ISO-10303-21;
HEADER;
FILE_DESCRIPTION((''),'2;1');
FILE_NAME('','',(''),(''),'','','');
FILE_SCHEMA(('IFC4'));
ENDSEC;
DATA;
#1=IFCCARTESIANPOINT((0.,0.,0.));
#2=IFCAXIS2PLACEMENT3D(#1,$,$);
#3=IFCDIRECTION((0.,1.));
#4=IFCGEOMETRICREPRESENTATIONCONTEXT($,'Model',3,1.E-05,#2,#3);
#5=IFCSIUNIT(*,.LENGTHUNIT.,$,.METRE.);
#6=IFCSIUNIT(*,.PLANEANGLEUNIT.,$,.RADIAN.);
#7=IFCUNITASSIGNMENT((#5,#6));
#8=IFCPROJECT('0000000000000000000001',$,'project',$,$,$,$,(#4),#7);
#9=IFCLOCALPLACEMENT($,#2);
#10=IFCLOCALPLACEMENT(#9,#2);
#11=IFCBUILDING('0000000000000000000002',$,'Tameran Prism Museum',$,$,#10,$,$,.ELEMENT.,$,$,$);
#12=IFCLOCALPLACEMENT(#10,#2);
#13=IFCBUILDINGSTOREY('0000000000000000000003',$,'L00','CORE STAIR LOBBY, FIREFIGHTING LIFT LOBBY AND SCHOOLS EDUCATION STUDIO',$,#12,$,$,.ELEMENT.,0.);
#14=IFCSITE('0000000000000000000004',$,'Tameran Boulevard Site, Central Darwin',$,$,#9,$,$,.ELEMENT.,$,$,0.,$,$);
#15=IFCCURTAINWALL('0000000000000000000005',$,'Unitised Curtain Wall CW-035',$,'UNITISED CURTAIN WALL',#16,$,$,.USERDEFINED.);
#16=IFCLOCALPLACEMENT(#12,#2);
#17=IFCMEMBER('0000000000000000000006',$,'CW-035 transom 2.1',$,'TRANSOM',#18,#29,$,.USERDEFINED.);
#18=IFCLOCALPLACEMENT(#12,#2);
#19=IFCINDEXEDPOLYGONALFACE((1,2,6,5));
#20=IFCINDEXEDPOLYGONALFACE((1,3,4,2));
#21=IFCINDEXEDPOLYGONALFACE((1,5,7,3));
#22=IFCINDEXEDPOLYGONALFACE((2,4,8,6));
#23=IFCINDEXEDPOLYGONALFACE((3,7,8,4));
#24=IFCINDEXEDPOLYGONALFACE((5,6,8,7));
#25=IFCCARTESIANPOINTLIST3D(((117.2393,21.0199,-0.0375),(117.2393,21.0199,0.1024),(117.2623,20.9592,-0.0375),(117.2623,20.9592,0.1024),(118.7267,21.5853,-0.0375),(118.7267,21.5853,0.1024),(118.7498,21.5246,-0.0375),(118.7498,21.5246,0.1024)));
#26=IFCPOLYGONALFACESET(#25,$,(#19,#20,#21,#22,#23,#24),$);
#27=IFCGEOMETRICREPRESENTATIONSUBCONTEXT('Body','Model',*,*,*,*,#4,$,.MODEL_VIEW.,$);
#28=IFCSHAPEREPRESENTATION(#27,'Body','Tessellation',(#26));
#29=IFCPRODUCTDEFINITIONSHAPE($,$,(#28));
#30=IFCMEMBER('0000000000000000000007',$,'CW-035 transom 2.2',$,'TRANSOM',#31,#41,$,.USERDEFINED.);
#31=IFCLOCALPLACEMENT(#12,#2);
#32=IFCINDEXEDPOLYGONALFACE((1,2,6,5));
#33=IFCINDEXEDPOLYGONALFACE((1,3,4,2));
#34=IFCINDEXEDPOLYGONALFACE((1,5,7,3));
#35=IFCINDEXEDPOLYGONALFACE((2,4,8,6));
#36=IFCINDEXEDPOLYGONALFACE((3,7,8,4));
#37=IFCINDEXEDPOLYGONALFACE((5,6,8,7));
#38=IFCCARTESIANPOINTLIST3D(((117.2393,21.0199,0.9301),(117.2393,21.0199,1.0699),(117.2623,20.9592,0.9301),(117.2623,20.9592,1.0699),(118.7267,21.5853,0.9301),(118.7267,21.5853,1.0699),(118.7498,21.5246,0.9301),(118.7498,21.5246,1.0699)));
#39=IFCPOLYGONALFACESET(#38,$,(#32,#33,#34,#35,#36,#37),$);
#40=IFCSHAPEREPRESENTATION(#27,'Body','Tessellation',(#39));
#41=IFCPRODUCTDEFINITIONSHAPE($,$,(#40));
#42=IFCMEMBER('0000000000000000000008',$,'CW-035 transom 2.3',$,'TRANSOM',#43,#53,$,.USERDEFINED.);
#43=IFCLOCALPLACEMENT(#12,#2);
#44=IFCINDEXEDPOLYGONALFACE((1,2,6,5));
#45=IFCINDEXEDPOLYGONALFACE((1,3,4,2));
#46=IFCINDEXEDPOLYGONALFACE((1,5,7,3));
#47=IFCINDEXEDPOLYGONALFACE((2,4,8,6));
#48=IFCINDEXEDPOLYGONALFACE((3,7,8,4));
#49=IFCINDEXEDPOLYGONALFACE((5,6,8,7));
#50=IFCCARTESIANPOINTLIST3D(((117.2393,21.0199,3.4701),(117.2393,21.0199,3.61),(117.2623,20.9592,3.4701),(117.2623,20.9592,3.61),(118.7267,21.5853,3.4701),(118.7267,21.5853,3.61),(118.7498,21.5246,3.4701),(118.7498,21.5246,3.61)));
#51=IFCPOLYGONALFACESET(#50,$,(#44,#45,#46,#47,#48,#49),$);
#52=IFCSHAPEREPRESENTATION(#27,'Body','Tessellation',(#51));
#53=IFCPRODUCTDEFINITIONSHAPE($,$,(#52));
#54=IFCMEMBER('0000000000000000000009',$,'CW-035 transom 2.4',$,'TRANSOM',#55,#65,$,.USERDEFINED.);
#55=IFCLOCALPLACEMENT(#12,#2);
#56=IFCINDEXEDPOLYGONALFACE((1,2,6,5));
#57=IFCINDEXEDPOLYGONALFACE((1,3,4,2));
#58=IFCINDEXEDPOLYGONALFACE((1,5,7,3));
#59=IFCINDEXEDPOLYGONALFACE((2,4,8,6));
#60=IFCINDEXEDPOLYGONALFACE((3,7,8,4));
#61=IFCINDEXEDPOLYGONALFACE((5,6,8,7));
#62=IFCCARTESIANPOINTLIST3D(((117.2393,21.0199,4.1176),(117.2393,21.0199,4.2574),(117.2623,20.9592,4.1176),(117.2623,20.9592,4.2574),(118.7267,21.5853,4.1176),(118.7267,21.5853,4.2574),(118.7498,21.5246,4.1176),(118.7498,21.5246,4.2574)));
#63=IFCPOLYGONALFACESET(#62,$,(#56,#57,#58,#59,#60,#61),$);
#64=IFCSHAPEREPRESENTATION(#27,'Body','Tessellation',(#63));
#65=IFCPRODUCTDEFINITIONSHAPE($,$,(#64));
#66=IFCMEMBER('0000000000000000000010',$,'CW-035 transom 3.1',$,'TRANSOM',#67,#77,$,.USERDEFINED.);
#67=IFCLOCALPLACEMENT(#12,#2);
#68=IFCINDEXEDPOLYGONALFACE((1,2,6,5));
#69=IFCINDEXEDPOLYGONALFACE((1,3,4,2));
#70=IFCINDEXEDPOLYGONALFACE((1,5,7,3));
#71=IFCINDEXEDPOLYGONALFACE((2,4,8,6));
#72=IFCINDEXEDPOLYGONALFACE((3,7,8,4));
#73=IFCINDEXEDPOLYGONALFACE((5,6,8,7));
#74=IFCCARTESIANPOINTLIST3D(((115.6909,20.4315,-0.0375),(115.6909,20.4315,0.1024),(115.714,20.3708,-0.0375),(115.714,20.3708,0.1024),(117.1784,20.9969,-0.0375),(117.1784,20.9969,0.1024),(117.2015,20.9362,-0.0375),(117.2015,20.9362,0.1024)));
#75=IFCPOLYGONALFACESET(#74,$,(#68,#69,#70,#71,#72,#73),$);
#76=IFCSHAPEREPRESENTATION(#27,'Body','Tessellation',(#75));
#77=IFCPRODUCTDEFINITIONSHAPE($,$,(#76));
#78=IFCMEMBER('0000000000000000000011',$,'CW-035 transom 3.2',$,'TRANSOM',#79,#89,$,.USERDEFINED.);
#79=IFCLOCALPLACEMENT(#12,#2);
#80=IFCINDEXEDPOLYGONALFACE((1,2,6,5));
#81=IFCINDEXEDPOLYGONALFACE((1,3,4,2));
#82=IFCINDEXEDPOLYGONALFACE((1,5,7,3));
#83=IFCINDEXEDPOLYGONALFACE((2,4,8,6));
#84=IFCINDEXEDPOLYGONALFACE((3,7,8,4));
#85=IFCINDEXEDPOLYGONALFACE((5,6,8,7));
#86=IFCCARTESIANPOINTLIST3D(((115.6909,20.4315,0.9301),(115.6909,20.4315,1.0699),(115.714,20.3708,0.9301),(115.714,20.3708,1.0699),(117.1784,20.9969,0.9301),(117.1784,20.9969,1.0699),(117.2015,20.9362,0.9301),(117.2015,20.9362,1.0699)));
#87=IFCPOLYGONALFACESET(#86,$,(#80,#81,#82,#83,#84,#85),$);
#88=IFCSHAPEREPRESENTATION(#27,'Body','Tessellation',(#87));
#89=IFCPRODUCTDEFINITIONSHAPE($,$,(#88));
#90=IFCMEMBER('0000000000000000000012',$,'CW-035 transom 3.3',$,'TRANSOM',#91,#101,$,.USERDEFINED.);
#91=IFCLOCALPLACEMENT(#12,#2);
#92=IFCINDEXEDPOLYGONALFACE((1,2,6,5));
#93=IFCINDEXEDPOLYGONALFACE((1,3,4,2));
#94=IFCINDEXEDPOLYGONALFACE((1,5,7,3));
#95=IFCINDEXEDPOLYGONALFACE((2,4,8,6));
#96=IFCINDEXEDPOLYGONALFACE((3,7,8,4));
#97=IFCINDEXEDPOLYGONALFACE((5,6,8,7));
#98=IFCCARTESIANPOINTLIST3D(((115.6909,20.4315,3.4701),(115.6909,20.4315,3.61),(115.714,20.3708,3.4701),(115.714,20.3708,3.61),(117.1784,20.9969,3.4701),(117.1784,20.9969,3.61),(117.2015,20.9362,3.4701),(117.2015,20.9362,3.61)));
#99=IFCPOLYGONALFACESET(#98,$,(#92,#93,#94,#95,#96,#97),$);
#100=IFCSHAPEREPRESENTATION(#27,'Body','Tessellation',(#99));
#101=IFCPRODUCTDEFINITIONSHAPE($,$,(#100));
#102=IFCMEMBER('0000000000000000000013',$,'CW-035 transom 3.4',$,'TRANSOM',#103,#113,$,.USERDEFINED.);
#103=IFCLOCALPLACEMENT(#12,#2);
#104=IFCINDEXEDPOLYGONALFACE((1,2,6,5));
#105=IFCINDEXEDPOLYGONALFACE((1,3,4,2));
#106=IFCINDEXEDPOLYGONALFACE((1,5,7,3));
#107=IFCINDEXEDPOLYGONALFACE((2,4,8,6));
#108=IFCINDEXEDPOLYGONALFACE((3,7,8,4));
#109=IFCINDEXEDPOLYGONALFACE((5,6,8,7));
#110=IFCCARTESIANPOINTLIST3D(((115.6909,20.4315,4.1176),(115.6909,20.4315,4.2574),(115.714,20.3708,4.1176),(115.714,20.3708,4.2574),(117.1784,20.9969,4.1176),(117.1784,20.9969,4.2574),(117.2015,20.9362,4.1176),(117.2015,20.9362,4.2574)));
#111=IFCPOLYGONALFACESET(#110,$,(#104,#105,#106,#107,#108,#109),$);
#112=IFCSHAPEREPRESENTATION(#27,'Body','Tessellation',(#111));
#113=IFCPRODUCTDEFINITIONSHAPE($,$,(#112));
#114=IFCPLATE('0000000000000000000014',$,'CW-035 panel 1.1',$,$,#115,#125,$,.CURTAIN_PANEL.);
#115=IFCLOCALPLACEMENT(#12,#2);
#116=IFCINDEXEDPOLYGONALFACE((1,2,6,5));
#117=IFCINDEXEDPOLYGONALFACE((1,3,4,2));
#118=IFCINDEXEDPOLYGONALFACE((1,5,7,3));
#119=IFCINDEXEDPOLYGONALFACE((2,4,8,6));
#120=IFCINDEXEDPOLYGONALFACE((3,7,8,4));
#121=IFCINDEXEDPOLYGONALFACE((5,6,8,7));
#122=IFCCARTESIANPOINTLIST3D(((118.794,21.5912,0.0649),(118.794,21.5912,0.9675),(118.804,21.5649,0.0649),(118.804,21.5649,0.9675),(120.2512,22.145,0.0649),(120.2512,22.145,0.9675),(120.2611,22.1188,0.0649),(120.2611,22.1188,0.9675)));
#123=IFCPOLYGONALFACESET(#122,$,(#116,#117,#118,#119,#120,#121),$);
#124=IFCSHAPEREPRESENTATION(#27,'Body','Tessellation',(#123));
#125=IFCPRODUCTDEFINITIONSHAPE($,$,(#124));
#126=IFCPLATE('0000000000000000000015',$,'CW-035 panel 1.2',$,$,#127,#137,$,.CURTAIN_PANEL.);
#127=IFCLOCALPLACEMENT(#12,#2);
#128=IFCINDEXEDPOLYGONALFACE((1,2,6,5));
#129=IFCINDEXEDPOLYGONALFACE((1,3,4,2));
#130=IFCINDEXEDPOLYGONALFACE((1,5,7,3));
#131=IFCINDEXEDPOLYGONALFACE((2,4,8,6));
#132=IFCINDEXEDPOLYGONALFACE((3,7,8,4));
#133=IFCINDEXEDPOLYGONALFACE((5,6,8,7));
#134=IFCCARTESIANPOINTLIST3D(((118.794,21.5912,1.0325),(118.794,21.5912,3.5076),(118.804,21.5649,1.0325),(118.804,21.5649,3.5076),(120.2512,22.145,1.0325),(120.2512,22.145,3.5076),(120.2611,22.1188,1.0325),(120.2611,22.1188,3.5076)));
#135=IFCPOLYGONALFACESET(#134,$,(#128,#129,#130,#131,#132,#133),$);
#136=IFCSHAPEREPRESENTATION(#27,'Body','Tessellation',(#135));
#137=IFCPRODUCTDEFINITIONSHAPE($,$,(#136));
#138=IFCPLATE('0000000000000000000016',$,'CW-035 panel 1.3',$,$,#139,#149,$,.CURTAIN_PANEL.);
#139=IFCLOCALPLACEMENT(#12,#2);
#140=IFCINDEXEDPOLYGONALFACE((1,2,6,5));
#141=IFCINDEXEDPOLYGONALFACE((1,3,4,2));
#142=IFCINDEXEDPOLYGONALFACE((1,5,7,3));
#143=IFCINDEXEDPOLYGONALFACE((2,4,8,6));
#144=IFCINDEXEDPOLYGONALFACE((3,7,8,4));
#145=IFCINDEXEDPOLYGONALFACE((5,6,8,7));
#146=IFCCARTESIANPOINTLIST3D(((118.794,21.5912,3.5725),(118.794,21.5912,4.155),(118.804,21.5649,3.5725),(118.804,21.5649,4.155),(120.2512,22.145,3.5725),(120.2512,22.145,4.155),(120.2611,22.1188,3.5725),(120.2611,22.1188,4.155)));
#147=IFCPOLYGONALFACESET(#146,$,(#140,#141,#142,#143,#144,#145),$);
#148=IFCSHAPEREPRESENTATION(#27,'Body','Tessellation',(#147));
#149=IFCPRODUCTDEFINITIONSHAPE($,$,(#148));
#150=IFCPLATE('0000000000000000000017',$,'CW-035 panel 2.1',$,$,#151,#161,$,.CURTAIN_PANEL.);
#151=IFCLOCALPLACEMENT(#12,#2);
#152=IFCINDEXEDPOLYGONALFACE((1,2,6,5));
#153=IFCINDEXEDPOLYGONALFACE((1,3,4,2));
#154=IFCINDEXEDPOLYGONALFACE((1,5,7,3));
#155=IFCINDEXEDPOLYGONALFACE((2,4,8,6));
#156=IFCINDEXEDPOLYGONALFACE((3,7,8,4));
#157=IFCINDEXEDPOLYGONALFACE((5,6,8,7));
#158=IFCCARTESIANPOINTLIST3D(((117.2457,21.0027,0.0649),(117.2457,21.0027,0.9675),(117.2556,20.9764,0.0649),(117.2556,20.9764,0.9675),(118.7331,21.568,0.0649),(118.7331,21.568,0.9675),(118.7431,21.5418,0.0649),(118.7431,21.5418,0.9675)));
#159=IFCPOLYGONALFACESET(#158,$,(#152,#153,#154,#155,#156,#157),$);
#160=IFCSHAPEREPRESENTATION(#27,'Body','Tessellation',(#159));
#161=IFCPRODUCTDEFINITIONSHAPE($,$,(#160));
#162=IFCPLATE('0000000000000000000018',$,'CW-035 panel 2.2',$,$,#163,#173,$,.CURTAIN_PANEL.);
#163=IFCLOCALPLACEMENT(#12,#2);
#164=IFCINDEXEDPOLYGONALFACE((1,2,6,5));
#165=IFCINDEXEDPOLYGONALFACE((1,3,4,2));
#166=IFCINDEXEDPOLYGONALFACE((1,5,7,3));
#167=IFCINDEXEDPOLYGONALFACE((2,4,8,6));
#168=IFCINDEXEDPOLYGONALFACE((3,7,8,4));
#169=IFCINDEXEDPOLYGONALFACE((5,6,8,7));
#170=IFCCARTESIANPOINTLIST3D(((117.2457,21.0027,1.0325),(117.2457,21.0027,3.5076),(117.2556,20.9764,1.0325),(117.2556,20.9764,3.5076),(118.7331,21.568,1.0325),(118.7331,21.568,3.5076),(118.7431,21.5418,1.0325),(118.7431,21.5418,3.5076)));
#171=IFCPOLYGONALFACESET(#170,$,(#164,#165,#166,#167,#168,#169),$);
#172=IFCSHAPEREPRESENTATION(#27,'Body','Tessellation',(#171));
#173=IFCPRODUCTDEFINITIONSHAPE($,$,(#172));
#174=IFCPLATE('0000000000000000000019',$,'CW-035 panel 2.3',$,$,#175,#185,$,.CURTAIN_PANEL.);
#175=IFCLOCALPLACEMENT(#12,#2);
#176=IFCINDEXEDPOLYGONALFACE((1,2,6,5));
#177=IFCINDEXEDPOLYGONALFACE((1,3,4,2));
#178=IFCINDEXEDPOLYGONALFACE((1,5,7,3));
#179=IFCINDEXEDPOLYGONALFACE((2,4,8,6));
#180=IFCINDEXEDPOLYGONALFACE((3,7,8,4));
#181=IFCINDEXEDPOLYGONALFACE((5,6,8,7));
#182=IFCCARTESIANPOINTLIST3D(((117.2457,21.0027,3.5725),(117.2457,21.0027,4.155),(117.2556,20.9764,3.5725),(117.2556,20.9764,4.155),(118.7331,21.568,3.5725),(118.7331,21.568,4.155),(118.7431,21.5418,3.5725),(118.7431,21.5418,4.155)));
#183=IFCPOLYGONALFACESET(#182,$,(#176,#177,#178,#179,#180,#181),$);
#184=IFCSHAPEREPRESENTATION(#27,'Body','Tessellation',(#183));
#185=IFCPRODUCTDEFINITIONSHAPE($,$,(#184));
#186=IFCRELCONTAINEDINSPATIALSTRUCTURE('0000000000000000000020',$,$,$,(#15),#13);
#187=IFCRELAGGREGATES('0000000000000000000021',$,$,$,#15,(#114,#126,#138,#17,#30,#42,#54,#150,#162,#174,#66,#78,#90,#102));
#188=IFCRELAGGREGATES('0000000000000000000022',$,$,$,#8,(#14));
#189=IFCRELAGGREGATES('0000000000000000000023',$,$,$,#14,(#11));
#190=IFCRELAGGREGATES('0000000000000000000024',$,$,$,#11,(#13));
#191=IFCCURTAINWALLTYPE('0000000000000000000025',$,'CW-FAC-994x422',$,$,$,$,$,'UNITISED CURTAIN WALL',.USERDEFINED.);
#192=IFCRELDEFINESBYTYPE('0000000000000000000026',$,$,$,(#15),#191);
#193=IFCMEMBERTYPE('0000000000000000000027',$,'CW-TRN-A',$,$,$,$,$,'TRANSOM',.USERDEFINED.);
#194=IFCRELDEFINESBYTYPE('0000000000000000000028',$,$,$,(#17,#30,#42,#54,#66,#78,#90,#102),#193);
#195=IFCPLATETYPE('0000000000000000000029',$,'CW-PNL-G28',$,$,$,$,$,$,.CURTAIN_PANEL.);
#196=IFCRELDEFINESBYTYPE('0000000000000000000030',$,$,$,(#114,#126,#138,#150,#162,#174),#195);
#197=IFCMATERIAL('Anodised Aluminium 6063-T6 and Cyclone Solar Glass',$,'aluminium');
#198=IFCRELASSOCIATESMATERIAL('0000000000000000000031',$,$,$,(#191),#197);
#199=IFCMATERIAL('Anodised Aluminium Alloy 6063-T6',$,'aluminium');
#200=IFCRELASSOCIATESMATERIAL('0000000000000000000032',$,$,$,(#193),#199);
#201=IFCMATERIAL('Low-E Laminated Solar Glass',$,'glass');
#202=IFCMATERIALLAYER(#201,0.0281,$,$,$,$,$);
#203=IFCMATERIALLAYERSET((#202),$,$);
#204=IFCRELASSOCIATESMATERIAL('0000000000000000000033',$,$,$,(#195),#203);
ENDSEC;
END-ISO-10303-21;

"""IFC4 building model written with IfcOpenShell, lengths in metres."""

from ifc_helpers import new_model, si_unit, direction, frame, origin, origin_2d, place, context, subcontext, project, spatial, rectangle, extrude, material, layer, layer_set, material_profile, profile_set, type_object, element, aggregate, save


model = new_model("IFC4")

# Units and contexts
model_context = context("Model", 3, precision=1e-05, world=origin(), true_north=direction((0.0, 1.0)))
body_context = subcontext(model_context, "Body", "Model", "MODEL_VIEW")
ifc_project = project(units=[si_unit("LENGTHUNIT", "METRE"), si_unit("PLANEANGLEUNIT", "RADIAN")], contexts=[model_context])

# Site, building, storey
site_placement = place(None, origin())
site = spatial("IfcSite", under=ifc_project, at=site_placement, Name="Tameran Boulevard Site, Central Darwin", CompositionType="ELEMENT", RefElevation=0.0)
building_placement = place(site_placement, origin())
building = spatial("IfcBuilding", under=site, at=building_placement, Name="Tameran Prism Museum", CompositionType="ELEMENT")
storey_placement = place(building_placement, origin())
storey = spatial("IfcBuildingStorey", under=building, at=storey_placement, Name="L00", Description="CORE STAIR LOBBY, FIREFIGHTING LIFT LOBBY AND SCHOOLS EDUCATION STUDIO", CompositionType="ELEMENT", Elevation=0.0)

# Curtain wall, members, plates
ifc_material_1 = material(Name="Anodised Aluminium 6063-T6 and Cyclone Solar Glass", Category="aluminium")
curtain_wall_type = type_object("IfcCurtainWallType", Name="CW-FAC-994x422", ElementType="UNITISED CURTAIN WALL", PredefinedType="USERDEFINED", material=ifc_material_1)
curtain_wall_placement = place(storey_placement, origin())
curtain_wall = element("IfcCurtainWall", 1, at=curtain_wall_placement, inside=storey, type_object=curtain_wall_type, Name="Unitised Curtain Wall CW-035", ObjectType="UNITISED CURTAIN WALL", PredefinedType="USERDEFINED")
ifc_material_2 = material(Name="Anodised Aluminium Alloy 6063-T6", Category="aluminium")
ifc_material_profile_1 = material_profile(ifc_material_2, rectangle(XDim=0.0649, YDim=0.1399, at=origin_2d()))
ifc_profile_set_1 = profile_set([ifc_material_profile_1])
member_type_1 = type_object("IfcMemberType", Name="CW-TRN-A", ElementType="TRANSOM", PredefinedType="USERDEFINED", material=ifc_profile_set_1)
member_1_placement = place(storey_placement, frame((118.7383, 21.5549, 0.0325), z_axis=(-0.93475, -0.355306, 0.0), x_axis=(0.355306, -0.93475, 0.0)))
member_1 = element("IfcMember", 2, at=member_1_placement, type_object=member_type_1, Name="CW-035 transom 2.1", ObjectType="TRANSOM", PredefinedType="USERDEFINED", context=body_context, shape_type="SweptSolid", body=[
    extrude(rectangle(XDim=0.0649, YDim=0.1399, at=origin_2d()), origin(), (0.0, 0.0, 1.0), 1.5913),
])
member_2_placement = place(storey_placement, frame((118.7383, 21.5549, 1.0), z_axis=(-0.93475, -0.355306, 0.0), x_axis=(0.355306, -0.93475, 0.0)))
member_2 = element("IfcMember", 3, at=member_2_placement, type_object=member_type_1, Name="CW-035 transom 2.2", ObjectType="TRANSOM", PredefinedType="USERDEFINED", context=body_context, shape_type="SweptSolid", body=[
    extrude(rectangle(XDim=0.0649, YDim=0.1399, at=origin_2d()), origin(), (0.0, 0.0, 1.0), 1.5913),
])
member_3_placement = place(storey_placement, frame((118.7383, 21.5549, 3.54), z_axis=(-0.93475, -0.355306, 0.0), x_axis=(0.355306, -0.93475, 0.0)))
member_3 = element("IfcMember", 4, at=member_3_placement, type_object=member_type_1, Name="CW-035 transom 2.3", ObjectType="TRANSOM", PredefinedType="USERDEFINED", context=body_context, shape_type="SweptSolid", body=[
    extrude(rectangle(XDim=0.0649, YDim=0.1399, at=origin_2d()), origin(), (0.0, 0.0, 1.0), 1.5913),
])
member_4_placement = place(storey_placement, frame((118.7383, 21.5549, 4.1875), z_axis=(-0.93475, -0.355306, 0.0), x_axis=(0.355306, -0.93475, 0.0)))
member_4 = element("IfcMember", 5, at=member_4_placement, type_object=member_type_1, Name="CW-035 transom 2.4", ObjectType="TRANSOM", PredefinedType="USERDEFINED", context=body_context, shape_type="SweptSolid", body=[
    extrude(rectangle(XDim=0.0649, YDim=0.1399, at=origin_2d()), origin(), (0.0, 0.0, 1.0), 1.5913),
])
member_5_placement = place(storey_placement, frame((117.1899, 20.9666, 0.0325), z_axis=(-0.93475, -0.355306, 0.0), x_axis=(0.355306, -0.93475, 0.0)))
member_5 = element("IfcMember", 6, at=member_5_placement, type_object=member_type_1, Name="CW-035 transom 3.1", ObjectType="TRANSOM", PredefinedType="USERDEFINED", context=body_context, shape_type="SweptSolid", body=[
    extrude(rectangle(XDim=0.0649, YDim=0.1399, at=origin_2d()), origin(), (0.0, 0.0, 1.0), 1.5913),
])
member_6_placement = place(storey_placement, frame((117.1899, 20.9666, 1.0), z_axis=(-0.93475, -0.355306, 0.0), x_axis=(0.355306, -0.93475, 0.0)))
member_6 = element("IfcMember", 7, at=member_6_placement, type_object=member_type_1, Name="CW-035 transom 3.2", ObjectType="TRANSOM", PredefinedType="USERDEFINED", context=body_context, shape_type="SweptSolid", body=[
    extrude(rectangle(XDim=0.0649, YDim=0.1399, at=origin_2d()), origin(), (0.0, 0.0, 1.0), 1.5913),
])
member_7_placement = place(storey_placement, frame((117.1899, 20.9666, 3.54), z_axis=(-0.93475, -0.355306, 0.0), x_axis=(0.355306, -0.93475, 0.0)))
member_7 = element("IfcMember", 8, at=member_7_placement, type_object=member_type_1, Name="CW-035 transom 3.3", ObjectType="TRANSOM", PredefinedType="USERDEFINED", context=body_context, shape_type="SweptSolid", body=[
    extrude(rectangle(XDim=0.0649, YDim=0.1399, at=origin_2d()), origin(), (0.0, 0.0, 1.0), 1.5913),
])
member_8_placement = place(storey_placement, frame((117.1899, 20.9666, 4.1875), z_axis=(-0.93475, -0.355306, 0.0), x_axis=(0.355306, -0.93475, 0.0)))
member_8 = element("IfcMember", 9, at=member_8_placement, type_object=member_type_1, Name="CW-035 transom 3.4", ObjectType="TRANSOM", PredefinedType="USERDEFINED", context=body_context, shape_type="SweptSolid", body=[
    extrude(rectangle(XDim=0.0649, YDim=0.1399, at=origin_2d()), origin(), (0.0, 0.0, 1.0), 1.5913),
])
ifc_material_3 = material(Name="Low-E Laminated Solar Glass", Category="glass")
ifc_layer_1 = layer(ifc_material_3, 0.0281)
ifc_layer_set_1 = layer_set([ifc_layer_1])
plate_type = type_object("IfcPlateType", Name="CW-PNL-G28", PredefinedType="CURTAIN_PANEL", material=ifc_layer_set_1)
plate_1_placement = place(storey_placement, frame((119.5276, 21.855, 0.0649), z_axis=(0.0, 0.0, 1.0), x_axis=(-0.934757, -0.355288, 0.0)))
plate_1 = element("IfcPlate", 10, at=plate_1_placement, type_object=plate_type, Name="CW-035 panel 1.1", PredefinedType="CURTAIN_PANEL", context=body_context, shape_type="SweptSolid", body=[
    extrude(rectangle(XDim=1.5588, YDim=0.0281, at=origin_2d()), origin(), (0.0, 0.0, 1.0), 0.9026),
])
plate_2_placement = place(storey_placement, frame((119.5276, 21.855, 1.0325), z_axis=(0.0, 0.0, 1.0), x_axis=(-0.934757, -0.355288, 0.0)))
plate_2 = element("IfcPlate", 11, at=plate_2_placement, type_object=plate_type, Name="CW-035 panel 1.2", PredefinedType="CURTAIN_PANEL", context=body_context, shape_type="SweptSolid", body=[
    extrude(rectangle(XDim=1.5588, YDim=0.0281, at=origin_2d()), origin(), (0.0, 0.0, 1.0), 2.4751),
])
plate_3_placement = place(storey_placement, frame((119.5276, 21.855, 3.5725), z_axis=(0.0, 0.0, 1.0), x_axis=(-0.934757, -0.355288, 0.0)))
plate_3 = element("IfcPlate", 12, at=plate_3_placement, type_object=plate_type, Name="CW-035 panel 1.3", PredefinedType="CURTAIN_PANEL", context=body_context, shape_type="SweptSolid", body=[
    extrude(rectangle(XDim=1.5588, YDim=0.0281, at=origin_2d()), origin(), (0.0, 0.0, 1.0), 0.5825),
])
plate_4_placement = place(storey_placement, frame((117.9944, 21.2722, 0.0649), z_axis=(0.0, 0.0, 1.0), x_axis=(-0.934757, -0.355288, 0.0)))
plate_4 = element("IfcPlate", 13, at=plate_4_placement, type_object=plate_type, Name="CW-035 panel 2.1", PredefinedType="CURTAIN_PANEL", context=body_context, shape_type="SweptSolid", body=[
    extrude(rectangle(XDim=1.5913, YDim=0.0281, at=origin_2d()), origin(), (0.0, 0.0, 1.0), 0.9026),
])
plate_5_placement = place(storey_placement, frame((117.9944, 21.2722, 1.0325), z_axis=(0.0, 0.0, 1.0), x_axis=(-0.934757, -0.355288, 0.0)))
plate_5 = element("IfcPlate", 14, at=plate_5_placement, type_object=plate_type, Name="CW-035 panel 2.2", PredefinedType="CURTAIN_PANEL", context=body_context, shape_type="SweptSolid", body=[
    extrude(rectangle(XDim=1.5913, YDim=0.0281, at=origin_2d()), origin(), (0.0, 0.0, 1.0), 2.4751),
])
plate_6_placement = place(storey_placement, frame((117.9944, 21.2722, 3.5725), z_axis=(0.0, 0.0, 1.0), x_axis=(-0.934757, -0.355288, 0.0)))
plate_6 = element("IfcPlate", 15, at=plate_6_placement, type_object=plate_type, Name="CW-035 panel 2.3", PredefinedType="CURTAIN_PANEL", context=body_context, shape_type="SweptSolid", body=[
    extrude(rectangle(XDim=1.5913, YDim=0.0281, at=origin_2d()), origin(), (0.0, 0.0, 1.0), 0.5825),
])
aggregate(curtain_wall, [plate_1, plate_2, plate_3, member_1, member_2, member_3, member_4, plate_4, plate_5, plate_6, member_5, member_6, member_7, member_8])

save(model, "model.ifc")
